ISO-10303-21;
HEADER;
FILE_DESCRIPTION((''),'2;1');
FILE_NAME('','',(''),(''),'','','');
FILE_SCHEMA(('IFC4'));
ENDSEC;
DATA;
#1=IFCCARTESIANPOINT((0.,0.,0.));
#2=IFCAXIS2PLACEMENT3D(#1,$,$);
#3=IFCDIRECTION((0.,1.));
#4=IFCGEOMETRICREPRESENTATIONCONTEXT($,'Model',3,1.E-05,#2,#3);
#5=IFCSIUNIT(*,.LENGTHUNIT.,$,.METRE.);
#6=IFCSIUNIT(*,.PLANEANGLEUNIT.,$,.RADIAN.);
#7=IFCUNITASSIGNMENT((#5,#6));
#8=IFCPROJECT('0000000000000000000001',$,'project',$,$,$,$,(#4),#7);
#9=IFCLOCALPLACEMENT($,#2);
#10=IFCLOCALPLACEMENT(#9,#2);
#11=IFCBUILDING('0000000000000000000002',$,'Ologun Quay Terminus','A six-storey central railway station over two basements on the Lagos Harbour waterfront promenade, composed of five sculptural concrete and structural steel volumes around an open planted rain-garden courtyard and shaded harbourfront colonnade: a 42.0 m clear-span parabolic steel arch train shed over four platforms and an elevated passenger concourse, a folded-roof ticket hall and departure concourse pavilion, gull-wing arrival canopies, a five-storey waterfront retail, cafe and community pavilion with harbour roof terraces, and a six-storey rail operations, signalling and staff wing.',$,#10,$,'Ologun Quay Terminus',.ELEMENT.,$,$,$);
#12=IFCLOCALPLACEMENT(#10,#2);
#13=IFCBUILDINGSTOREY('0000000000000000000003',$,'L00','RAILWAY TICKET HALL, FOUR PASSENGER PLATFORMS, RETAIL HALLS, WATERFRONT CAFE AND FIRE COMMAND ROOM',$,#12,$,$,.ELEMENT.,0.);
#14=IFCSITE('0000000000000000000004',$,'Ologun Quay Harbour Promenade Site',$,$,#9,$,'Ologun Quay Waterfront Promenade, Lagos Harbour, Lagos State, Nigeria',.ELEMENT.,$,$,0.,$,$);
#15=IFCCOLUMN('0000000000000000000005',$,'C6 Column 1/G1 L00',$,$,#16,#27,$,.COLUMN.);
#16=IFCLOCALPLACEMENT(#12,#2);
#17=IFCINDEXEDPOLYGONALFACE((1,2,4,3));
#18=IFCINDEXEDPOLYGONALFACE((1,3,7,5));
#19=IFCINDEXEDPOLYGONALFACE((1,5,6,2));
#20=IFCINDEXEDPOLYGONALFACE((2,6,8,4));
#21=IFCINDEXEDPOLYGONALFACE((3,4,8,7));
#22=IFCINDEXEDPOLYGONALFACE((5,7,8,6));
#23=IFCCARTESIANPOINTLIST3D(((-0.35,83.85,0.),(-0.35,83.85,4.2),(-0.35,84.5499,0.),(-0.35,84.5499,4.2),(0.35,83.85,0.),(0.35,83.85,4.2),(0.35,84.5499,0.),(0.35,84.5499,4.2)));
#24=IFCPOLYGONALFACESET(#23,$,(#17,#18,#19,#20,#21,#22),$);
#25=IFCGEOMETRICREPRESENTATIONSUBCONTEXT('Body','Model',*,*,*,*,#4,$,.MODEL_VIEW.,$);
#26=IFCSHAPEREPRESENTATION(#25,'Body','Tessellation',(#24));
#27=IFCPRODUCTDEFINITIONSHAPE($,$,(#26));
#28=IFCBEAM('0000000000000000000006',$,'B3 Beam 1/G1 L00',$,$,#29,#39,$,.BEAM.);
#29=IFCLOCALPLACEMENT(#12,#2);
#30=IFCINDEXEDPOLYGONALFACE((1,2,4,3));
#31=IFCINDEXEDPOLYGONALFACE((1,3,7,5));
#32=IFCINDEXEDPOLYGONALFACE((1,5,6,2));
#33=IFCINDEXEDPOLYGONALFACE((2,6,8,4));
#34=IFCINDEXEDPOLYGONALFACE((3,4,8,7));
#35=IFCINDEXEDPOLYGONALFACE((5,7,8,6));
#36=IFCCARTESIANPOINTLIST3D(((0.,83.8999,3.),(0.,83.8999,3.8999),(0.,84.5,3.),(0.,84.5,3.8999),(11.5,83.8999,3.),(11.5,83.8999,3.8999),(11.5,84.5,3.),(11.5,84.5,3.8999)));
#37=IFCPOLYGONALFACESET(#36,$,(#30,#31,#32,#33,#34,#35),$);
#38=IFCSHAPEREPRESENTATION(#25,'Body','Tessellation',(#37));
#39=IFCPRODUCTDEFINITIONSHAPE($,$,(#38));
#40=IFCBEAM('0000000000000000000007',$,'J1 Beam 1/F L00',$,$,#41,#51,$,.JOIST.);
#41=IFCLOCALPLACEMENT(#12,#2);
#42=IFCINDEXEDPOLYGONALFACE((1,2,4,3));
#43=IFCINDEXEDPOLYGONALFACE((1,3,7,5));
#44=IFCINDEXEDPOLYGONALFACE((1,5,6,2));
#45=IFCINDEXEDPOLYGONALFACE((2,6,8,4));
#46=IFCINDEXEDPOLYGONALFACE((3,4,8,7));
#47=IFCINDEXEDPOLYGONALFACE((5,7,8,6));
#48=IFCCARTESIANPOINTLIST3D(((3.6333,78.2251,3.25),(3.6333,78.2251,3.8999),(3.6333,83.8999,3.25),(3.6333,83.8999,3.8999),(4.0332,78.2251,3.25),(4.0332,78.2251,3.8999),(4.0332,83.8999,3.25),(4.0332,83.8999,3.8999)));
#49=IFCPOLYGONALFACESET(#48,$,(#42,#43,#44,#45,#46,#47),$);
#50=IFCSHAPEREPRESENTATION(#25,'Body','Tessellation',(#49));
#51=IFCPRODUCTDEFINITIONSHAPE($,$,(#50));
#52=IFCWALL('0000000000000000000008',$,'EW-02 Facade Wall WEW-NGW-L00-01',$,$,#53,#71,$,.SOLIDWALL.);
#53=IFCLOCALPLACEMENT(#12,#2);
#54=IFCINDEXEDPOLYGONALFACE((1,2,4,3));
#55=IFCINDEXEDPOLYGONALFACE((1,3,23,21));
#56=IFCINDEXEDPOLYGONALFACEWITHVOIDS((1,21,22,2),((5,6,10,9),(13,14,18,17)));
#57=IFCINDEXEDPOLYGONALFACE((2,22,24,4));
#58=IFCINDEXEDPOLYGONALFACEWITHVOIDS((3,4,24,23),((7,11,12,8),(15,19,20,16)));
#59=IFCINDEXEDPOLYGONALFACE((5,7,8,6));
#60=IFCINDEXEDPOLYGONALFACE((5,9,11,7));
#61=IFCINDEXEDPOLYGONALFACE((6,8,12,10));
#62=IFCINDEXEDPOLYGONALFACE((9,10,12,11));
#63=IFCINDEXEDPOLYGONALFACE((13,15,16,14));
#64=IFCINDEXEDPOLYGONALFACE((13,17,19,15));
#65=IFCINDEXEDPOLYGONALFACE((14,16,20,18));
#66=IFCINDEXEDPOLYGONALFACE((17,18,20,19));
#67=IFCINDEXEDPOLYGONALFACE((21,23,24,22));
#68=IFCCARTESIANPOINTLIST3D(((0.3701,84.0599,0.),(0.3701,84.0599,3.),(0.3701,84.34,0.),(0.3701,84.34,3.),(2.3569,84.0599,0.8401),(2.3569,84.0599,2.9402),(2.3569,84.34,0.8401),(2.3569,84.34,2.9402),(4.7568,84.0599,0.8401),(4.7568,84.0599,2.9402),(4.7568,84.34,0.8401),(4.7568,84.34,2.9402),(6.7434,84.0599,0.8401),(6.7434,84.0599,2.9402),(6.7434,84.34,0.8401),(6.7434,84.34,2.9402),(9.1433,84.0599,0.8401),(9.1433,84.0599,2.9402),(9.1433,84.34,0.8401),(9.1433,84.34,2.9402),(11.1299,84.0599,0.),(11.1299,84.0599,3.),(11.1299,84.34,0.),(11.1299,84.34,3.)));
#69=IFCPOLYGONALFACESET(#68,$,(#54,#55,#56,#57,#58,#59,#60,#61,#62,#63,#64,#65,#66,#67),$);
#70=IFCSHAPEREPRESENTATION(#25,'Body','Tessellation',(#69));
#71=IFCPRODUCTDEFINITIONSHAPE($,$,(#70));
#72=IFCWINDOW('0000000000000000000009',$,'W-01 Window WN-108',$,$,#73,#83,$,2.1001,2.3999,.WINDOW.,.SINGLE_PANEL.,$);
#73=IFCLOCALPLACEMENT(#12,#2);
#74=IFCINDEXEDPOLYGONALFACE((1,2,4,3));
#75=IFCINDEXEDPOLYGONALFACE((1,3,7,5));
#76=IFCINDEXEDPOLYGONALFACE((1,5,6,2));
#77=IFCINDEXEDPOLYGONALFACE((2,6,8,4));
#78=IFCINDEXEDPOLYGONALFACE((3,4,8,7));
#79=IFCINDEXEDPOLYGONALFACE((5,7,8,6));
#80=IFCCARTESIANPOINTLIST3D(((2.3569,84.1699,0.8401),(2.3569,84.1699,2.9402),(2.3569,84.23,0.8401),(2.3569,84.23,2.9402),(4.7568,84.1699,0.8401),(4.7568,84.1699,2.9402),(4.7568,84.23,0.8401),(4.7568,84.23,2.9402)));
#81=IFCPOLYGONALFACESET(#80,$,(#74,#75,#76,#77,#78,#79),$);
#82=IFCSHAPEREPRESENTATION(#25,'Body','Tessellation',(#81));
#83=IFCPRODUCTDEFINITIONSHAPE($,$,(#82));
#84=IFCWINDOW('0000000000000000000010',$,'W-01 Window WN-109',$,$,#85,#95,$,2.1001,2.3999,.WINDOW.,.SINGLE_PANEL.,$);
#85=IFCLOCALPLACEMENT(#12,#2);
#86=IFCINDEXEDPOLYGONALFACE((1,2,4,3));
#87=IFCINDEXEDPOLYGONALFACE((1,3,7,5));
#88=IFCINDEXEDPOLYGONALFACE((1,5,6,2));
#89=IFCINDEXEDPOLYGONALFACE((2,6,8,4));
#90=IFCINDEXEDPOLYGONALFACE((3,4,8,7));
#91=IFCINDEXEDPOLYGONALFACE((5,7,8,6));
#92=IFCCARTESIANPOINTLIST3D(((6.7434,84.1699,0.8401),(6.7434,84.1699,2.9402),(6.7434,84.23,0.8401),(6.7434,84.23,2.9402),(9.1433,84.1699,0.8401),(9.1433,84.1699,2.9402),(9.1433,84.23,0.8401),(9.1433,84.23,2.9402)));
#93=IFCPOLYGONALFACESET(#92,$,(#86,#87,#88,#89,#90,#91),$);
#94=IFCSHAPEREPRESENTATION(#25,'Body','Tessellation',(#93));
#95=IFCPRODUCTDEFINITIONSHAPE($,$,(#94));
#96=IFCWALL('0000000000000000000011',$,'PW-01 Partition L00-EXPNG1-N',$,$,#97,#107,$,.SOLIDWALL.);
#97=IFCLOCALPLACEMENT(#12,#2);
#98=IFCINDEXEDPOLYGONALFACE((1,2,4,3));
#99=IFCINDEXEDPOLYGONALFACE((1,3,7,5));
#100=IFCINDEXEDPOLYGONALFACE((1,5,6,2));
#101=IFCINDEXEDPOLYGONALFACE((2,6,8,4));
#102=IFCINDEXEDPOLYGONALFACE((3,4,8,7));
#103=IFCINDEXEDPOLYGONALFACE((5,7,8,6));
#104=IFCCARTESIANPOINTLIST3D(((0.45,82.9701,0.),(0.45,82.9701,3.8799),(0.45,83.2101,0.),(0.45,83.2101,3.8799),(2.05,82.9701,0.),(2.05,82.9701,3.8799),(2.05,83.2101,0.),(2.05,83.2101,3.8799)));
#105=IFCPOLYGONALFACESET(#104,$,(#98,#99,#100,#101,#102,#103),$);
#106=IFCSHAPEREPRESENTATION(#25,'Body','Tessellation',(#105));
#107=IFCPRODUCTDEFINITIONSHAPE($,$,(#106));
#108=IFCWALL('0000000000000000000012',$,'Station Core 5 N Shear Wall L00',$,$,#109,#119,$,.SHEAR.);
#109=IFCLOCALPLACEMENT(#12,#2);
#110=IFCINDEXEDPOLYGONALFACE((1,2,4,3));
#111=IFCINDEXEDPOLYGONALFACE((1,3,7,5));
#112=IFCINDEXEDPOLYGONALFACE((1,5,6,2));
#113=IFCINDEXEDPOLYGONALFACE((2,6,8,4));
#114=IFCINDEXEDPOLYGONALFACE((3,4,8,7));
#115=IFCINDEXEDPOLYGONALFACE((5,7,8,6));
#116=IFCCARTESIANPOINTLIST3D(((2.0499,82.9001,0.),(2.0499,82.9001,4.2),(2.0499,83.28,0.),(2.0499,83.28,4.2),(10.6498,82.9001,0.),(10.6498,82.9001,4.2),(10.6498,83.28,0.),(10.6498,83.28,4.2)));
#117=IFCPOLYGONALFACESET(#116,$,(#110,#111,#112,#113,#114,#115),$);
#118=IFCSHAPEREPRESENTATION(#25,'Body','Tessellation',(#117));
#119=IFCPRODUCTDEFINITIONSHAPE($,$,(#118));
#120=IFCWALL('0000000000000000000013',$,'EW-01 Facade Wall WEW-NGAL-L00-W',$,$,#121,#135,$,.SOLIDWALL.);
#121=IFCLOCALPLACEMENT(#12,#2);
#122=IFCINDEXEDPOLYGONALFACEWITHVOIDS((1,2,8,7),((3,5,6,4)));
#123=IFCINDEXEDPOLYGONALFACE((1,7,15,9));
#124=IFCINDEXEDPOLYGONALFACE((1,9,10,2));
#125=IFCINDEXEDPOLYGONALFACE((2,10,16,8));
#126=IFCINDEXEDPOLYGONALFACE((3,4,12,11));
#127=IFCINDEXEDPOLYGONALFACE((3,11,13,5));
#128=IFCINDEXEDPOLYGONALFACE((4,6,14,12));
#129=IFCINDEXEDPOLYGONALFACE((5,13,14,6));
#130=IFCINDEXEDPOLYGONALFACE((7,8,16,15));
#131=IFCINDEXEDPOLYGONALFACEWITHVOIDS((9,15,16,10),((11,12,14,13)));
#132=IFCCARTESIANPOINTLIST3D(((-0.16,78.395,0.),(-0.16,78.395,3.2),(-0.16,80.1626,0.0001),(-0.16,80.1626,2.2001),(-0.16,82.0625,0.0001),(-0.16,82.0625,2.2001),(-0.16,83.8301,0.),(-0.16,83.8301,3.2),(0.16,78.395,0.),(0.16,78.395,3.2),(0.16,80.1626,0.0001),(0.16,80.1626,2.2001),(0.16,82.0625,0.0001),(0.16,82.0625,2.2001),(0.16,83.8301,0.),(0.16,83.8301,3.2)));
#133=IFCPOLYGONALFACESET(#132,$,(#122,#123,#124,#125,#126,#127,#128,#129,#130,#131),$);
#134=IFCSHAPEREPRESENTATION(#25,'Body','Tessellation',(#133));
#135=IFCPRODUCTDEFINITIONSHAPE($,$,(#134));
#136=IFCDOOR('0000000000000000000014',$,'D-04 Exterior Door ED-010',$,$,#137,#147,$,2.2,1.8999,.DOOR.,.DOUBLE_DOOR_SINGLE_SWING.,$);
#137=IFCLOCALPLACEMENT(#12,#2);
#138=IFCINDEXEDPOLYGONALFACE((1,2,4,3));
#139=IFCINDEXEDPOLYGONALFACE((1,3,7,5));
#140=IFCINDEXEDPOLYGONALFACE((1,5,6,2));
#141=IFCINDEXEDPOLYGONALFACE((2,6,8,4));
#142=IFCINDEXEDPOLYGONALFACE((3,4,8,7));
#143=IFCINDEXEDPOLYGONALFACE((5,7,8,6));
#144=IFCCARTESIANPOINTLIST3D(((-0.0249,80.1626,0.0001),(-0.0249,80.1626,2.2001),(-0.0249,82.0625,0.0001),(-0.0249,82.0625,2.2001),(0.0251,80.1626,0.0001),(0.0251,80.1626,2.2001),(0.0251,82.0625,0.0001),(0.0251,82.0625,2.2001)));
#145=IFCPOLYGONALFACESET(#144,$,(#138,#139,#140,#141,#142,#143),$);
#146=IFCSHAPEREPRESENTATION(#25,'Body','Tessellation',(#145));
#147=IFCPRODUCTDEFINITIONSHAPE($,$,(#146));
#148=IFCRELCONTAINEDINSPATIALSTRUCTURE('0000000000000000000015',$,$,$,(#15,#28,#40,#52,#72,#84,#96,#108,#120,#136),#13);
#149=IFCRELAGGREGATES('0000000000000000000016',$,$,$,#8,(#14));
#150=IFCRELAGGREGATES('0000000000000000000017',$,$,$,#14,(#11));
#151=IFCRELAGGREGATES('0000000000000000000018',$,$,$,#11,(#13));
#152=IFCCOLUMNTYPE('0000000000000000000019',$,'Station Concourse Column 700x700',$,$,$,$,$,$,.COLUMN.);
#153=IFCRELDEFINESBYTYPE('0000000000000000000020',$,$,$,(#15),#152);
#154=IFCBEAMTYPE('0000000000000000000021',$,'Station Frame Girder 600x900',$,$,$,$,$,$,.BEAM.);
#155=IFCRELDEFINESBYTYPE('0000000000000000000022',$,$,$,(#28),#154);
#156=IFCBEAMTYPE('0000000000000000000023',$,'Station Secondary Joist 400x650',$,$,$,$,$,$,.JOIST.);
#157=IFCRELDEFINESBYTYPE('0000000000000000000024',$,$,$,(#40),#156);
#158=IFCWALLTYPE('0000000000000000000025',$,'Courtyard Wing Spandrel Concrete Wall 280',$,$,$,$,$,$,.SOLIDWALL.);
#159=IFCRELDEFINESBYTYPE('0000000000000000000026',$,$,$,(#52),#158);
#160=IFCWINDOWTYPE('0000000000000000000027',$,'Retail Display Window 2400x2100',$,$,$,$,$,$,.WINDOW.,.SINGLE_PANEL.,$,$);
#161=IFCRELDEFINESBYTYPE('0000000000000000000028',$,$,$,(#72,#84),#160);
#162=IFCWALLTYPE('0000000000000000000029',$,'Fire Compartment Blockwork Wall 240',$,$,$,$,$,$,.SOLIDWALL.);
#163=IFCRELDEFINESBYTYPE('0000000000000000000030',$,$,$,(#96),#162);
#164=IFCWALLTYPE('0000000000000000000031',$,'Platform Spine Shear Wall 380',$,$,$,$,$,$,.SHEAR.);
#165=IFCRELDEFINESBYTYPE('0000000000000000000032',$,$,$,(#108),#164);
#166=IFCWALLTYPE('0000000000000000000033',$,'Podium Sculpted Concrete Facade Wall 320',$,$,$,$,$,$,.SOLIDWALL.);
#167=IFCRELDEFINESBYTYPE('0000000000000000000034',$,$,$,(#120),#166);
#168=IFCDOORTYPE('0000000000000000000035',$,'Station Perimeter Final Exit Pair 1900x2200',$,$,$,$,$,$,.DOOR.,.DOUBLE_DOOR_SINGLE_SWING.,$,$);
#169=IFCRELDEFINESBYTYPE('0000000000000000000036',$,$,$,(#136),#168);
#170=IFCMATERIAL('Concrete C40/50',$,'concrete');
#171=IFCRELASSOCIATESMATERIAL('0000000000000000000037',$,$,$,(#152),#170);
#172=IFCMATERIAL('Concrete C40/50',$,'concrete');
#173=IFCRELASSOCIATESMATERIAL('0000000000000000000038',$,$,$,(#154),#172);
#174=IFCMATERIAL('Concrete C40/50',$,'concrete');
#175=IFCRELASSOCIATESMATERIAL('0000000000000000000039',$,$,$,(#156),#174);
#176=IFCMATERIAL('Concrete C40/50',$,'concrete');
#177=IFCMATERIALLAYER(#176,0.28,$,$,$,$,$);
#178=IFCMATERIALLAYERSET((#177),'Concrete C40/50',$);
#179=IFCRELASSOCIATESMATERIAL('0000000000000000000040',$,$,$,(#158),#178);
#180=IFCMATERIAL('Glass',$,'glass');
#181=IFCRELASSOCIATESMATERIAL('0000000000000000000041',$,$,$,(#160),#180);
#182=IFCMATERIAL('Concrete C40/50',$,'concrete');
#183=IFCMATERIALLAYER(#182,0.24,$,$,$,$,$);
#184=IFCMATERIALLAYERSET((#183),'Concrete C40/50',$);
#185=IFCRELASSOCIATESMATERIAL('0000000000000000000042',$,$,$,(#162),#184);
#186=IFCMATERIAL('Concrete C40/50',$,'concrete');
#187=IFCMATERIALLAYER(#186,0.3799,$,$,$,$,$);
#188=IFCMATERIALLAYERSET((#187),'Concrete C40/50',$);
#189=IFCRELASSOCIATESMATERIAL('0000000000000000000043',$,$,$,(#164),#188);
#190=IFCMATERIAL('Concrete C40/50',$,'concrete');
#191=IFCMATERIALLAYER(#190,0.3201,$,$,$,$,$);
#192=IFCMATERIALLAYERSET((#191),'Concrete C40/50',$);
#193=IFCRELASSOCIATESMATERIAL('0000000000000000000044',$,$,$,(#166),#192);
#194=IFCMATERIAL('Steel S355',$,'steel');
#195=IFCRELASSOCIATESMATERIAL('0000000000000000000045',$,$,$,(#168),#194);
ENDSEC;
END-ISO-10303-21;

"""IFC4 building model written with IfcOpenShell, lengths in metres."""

from ifc_helpers import new_model, si_unit, direction, frame, frame_2d, origin, origin_2d, place, context, subcontext, project, spatial, rectangle, extrude, material, layer, layer_set, material_profile, profile_set, type_object, element, fill, save


model = new_model("IFC4")

# Units and contexts
model_context = context("Model", 3, precision=1e-05, world=origin(), true_north=direction((0.0, 1.0)))
body_context = subcontext(model_context, "Body", "Model", "MODEL_VIEW")
ifc_project = project(units=[si_unit("LENGTHUNIT", "METRE"), si_unit("PLANEANGLEUNIT", "RADIAN")], contexts=[model_context])

# Site, building, storey
site_placement = place(None, origin())
site = spatial("IfcSite", under=ifc_project, at=site_placement, Name="Ologun Quay Harbour Promenade Site", LongName="Ologun Quay Waterfront Promenade, Lagos Harbour, Lagos State, Nigeria", CompositionType="ELEMENT", RefElevation=0.0)
building_placement = place(site_placement, origin())
building = spatial("IfcBuilding", under=site, at=building_placement, Name="Ologun Quay Terminus", Description="A six-storey central railway station over two basements on the Lagos Harbour waterfront promenade, composed of five sculptural concrete and structural steel volumes around an open planted rain-garden courtyard and shaded harbourfront colonnade: a 42.0 m clear-span parabolic steel arch train shed over four platforms and an elevated passenger concourse, a folded-roof ticket hall and departure concourse pavilion, gull-wing arrival canopies, a five-storey waterfront retail, cafe and community pavilion with harbour roof terraces, and a six-storey rail operations, signalling and staff wing.", LongName="Ologun Quay Terminus", CompositionType="ELEMENT")
storey_placement = place(building_placement, origin())
storey = spatial("IfcBuildingStorey", under=building, at=storey_placement, Name="L00", Description="RAILWAY TICKET HALL, FOUR PASSENGER PLATFORMS, RETAIL HALLS, WATERFRONT CAFE AND FIRE COMMAND ROOM", CompositionType="ELEMENT", Elevation=0.0)

# Column
ifc_material_1 = material(Name="Concrete C40/50", Category="concrete")
ifc_material_profile_1 = material_profile(ifc_material_1, rectangle(XDim=0.7, YDim=0.7, at=origin_2d()), Name="RC 700x700")
ifc_profile_set_1 = profile_set([ifc_material_profile_1], Name="Concrete C40/50")
column_type = type_object("IfcColumnType", Name="Station Concourse Column 700x700", PredefinedType="COLUMN", material=ifc_profile_set_1)
column_placement = place(storey_placement, frame((0.0, 84.2, 0.0), z_axis=(0.0, 0.0, 1.0), x_axis=(1.0, 0.0, 0.0)))
element("IfcColumn", 1, at=column_placement, inside=storey, type_object=column_type, Name="C6 Column 1/G1 L00", PredefinedType="COLUMN", context=body_context, shape_type="SweptSolid", body=[
    extrude(rectangle(XDim=0.7, YDim=0.7, at=origin_2d()), origin(), (0.0, 0.0, 1.0), 4.2),
])

# Beams
ifc_material_2 = material(Name="Concrete C40/50", Category="concrete")
ifc_material_profile_2 = material_profile(ifc_material_2, rectangle(XDim=0.6001, YDim=0.8999, at=origin_2d()), Name="RC 600x900")
ifc_profile_set_2 = profile_set([ifc_material_profile_2], Name="Concrete C40/50")
beam_type_1 = type_object("IfcBeamType", Name="Station Frame Girder 600x900", PredefinedType="BEAM", material=ifc_profile_set_2)
beam_1_placement = place(storey_placement, frame((0.0, 84.2, 3.45), z_axis=(1.0, 0.0, 0.0), x_axis=(0.0, 1.0, 0.0)))
element("IfcBeam", 2, at=beam_1_placement, inside=storey, type_object=beam_type_1, Name="B3 Beam 1/G1 L00", PredefinedType="BEAM", context=body_context, shape_type="SweptSolid", body=[
    extrude(rectangle(XDim=0.6001, YDim=0.8999, at=origin_2d()), origin(), (0.0, 0.0, 1.0), 11.5),
])
ifc_material_3 = material(Name="Concrete C40/50", Category="concrete")
ifc_material_profile_3 = material_profile(ifc_material_3, rectangle(XDim=0.3999, YDim=0.6499, at=origin_2d()), Name="RC 400x650")
ifc_profile_set_3 = profile_set([ifc_material_profile_3], Name="Concrete C40/50")
beam_type_2 = type_object("IfcBeamType", Name="Station Secondary Joist 400x650", PredefinedType="JOIST", material=ifc_profile_set_3)
beam_2_placement = place(storey_placement, frame((3.8333, 78.2251, 3.575), z_axis=(0.0, 1.0, 0.0), x_axis=(-1.0, 0.0, 0.0)))
element("IfcBeam", 3, at=beam_2_placement, inside=storey, type_object=beam_type_2, Name="J1 Beam 1/F L00", PredefinedType="JOIST", context=body_context, shape_type="SweptSolid", body=[
    extrude(rectangle(XDim=0.3999, YDim=0.6499, at=origin_2d()), origin(), (0.0, 0.0, 1.0), 5.6748),
])

# Wall, openings, windows
ifc_material_4 = material(Name="Concrete C40/50", Category="concrete")
ifc_layer_1 = layer(ifc_material_4, 0.28)
ifc_layer_set_1 = layer_set([ifc_layer_1], Name="Concrete C40/50")
wall_type_1 = type_object("IfcWallType", Name="Courtyard Wing Spandrel Concrete Wall 280", PredefinedType="SOLIDWALL", material=ifc_layer_set_1)
wall_1_placement = place(storey_placement, frame((0.3701, 84.2, 0.0), z_axis=(0.0, 0.0, 1.0), x_axis=(1.0, 0.0, 0.0)))
wall_1 = element("IfcWall", 4, at=wall_1_placement, inside=storey, type_object=wall_type_1, Name="EW-02 Facade Wall WEW-NGW-L00-01", PredefinedType="SOLIDWALL", context=body_context, shape_type="SweptSolid", body=[
    extrude(rectangle(XDim=10.7598, YDim=0.28, at=frame_2d((5.3799, 0.0))), origin(), (0.0, 0.0, 1.0), 3.0),
])
opening_1_placement = place(wall_1_placement, frame((1.9868, 0.0, 0.8401)))
opening_1 = element("IfcOpeningElement", 5, at=opening_1_placement, cuts=wall_1, PredefinedType="OPENING", context=body_context, shape_type="SweptSolid", body=[
    extrude(rectangle(XDim=2.3999, YDim=2.1001, at=frame_2d((1.2, 1.05))), frame((0.0, 0.1499, 0.0), z_axis=(0.0, -1.0, 0.0), x_axis=(1.0, 0.0, 0.0)), (0.0, 0.0, 1.0), 0.3),
])
opening_2_placement = place(wall_1_placement, frame((6.3733, 0.0, 0.8401)))
opening_2 = element("IfcOpeningElement", 6, at=opening_2_placement, cuts=wall_1, PredefinedType="OPENING", context=body_context, shape_type="SweptSolid", body=[
    extrude(rectangle(XDim=2.3999, YDim=2.1001, at=frame_2d((1.2, 1.05))), frame((0.0, 0.1499, 0.0), z_axis=(0.0, -1.0, 0.0), x_axis=(1.0, 0.0, 0.0)), (0.0, 0.0, 1.0), 0.3),
])
ifc_material_5 = material(Name="Glass", Category="glass")
window_type = type_object("IfcWindowType", Name="Retail Display Window 2400x2100", PartitioningType="SINGLE_PANEL", PredefinedType="WINDOW", material=ifc_material_5)
window_1_placement = place(opening_1_placement, origin())
window_1 = element("IfcWindow", 7, at=window_1_placement, inside=storey, type_object=window_type, Name="W-01 Window WN-108", OverallHeight=2.1001, OverallWidth=2.3999, PartitioningType="SINGLE_PANEL", PredefinedType="WINDOW", context=body_context, shape_type="SweptSolid", body=[
    extrude(rectangle(XDim=2.3999, YDim=2.1001, at=frame_2d((1.2, 1.05))), frame((0.0, 0.03, 0.0), z_axis=(0.0, -1.0, 0.0), x_axis=(1.0, 0.0, 0.0)), (0.0, 0.0, 1.0), 0.0601),
])
fill(opening_1, window_1)
window_2_placement = place(opening_2_placement, origin())
window_2 = element("IfcWindow", 8, at=window_2_placement, inside=storey, type_object=window_type, Name="W-01 Window WN-109", OverallHeight=2.1001, OverallWidth=2.3999, PartitioningType="SINGLE_PANEL", PredefinedType="WINDOW", context=body_context, shape_type="SweptSolid", body=[
    extrude(rectangle(XDim=2.3999, YDim=2.1001, at=frame_2d((1.2, 1.05))), frame((0.0, 0.03, 0.0), z_axis=(0.0, -1.0, 0.0), x_axis=(1.0, 0.0, 0.0)), (0.0, 0.0, 1.0), 0.0601),
])
fill(opening_2, window_2)

# Shared definitions
ifc_material_6 = material(Name="Concrete C40/50", Category="concrete")
ifc_layer_2 = layer(ifc_material_6, 0.24)
ifc_layer_set_2 = layer_set([ifc_layer_2], Name="Concrete C40/50")
wall_type_2 = type_object("IfcWallType", Name="Fire Compartment Blockwork Wall 240", PredefinedType="SOLIDWALL", material=ifc_layer_set_2)

# Wall
wall_2_placement = place(storey_placement, frame((0.45, 83.0901, 0.0), z_axis=(0.0, 0.0, 1.0), x_axis=(1.0, 0.0, 0.0)))
element("IfcWall", 9, at=wall_2_placement, inside=storey, type_object=wall_type_2, Name="PW-01 Partition L00-EXPNG1-N", PredefinedType="SOLIDWALL", context=body_context, shape_type="SweptSolid", body=[
    extrude(rectangle(XDim=1.6001, YDim=0.24, at=frame_2d((0.8, 0.0))), origin(), (0.0, 0.0, 1.0), 3.8799),
])

# Shared definitions
ifc_material_7 = material(Name="Concrete C40/50", Category="concrete")
ifc_layer_3 = layer(ifc_material_7, 0.3799)
ifc_layer_set_3 = layer_set([ifc_layer_3], Name="Concrete C40/50")
wall_type_3 = type_object("IfcWallType", Name="Platform Spine Shear Wall 380", PredefinedType="SHEAR", material=ifc_layer_set_3)

# Wall
wall_3_placement = place(storey_placement, frame((2.05, 83.0901, 0.0), z_axis=(0.0, 0.0, 1.0), x_axis=(1.0, 0.0, 0.0)))
element("IfcWall", 10, at=wall_3_placement, inside=storey, type_object=wall_type_3, Name="Station Core 5 N Shear Wall L00", PredefinedType="SHEAR", context=body_context, shape_type="SweptSolid", body=[
    extrude(rectangle(XDim=8.5999, YDim=0.3799, at=frame_2d((4.2998, 0.0))), origin(), (0.0, 0.0, 1.0), 4.2),
])

# Wall, opening, door
ifc_material_8 = material(Name="Concrete C40/50", Category="concrete")
ifc_layer_4 = layer(ifc_material_8, 0.3201)
ifc_layer_set_4 = layer_set([ifc_layer_4], Name="Concrete C40/50")
wall_type_4 = type_object("IfcWallType", Name="Podium Sculpted Concrete Facade Wall 320", PredefinedType="SOLIDWALL", material=ifc_layer_set_4)
wall_4_placement = place(storey_placement, frame((0.0, 78.395, 0.0), z_axis=(0.0, 0.0, 1.0), x_axis=(0.0, 1.0, 0.0)))
wall_4 = element("IfcWall", 11, at=wall_4_placement, inside=storey, type_object=wall_type_4, Name="EW-01 Facade Wall WEW-NGAL-L00-W", PredefinedType="SOLIDWALL", context=body_context, shape_type="SweptSolid", body=[
    extrude(rectangle(XDim=5.4351, YDim=0.3201, at=frame_2d((2.7175, 0.0))), origin(), (0.0, 0.0, 1.0), 3.2),
])
opening_3_placement = place(wall_4_placement, frame((1.7676, 0.0, 0.0)))
opening_3 = element("IfcOpeningElement", 12, at=opening_3_placement, cuts=wall_4, PredefinedType="OPENING", context=body_context, shape_type="SweptSolid", body=[
    extrude(rectangle(XDim=1.8999, YDim=2.2, at=frame_2d((0.95, 1.1001))), frame((0.0, 0.1699, 0.0), z_axis=(0.0, -1.0, 0.0), x_axis=(1.0, 0.0, 0.0)), (0.0, 0.0, 1.0), 0.3401),
])
ifc_material_9 = material(Name="Steel S355", Category="steel")
door_type_1 = type_object("IfcDoorType", Name="Station Perimeter Final Exit Pair 1900x2200", OperationType="DOUBLE_DOOR_SINGLE_SWING", PredefinedType="DOOR", material=ifc_material_9)
door_1_placement = place(opening_3_placement, origin())
door_1 = element("IfcDoor", 13, at=door_1_placement, inside=storey, type_object=door_type_1, Name="D-04 Exterior Door ED-010", OperationType="DOUBLE_DOOR_SINGLE_SWING", OverallHeight=2.2, OverallWidth=1.8999, PredefinedType="DOOR", context=body_context, shape_type="SweptSolid", body=[
    extrude(rectangle(XDim=1.8999, YDim=2.2, at=frame_2d((0.95, 1.1001))), frame((0.0, 0.0249, 0.0), z_axis=(0.0, -1.0, 0.0), x_axis=(1.0, 0.0, 0.0)), (0.0, 0.0, 1.0), 0.05),
])
fill(opening_3, door_1)

save(model, "model.ifc")
